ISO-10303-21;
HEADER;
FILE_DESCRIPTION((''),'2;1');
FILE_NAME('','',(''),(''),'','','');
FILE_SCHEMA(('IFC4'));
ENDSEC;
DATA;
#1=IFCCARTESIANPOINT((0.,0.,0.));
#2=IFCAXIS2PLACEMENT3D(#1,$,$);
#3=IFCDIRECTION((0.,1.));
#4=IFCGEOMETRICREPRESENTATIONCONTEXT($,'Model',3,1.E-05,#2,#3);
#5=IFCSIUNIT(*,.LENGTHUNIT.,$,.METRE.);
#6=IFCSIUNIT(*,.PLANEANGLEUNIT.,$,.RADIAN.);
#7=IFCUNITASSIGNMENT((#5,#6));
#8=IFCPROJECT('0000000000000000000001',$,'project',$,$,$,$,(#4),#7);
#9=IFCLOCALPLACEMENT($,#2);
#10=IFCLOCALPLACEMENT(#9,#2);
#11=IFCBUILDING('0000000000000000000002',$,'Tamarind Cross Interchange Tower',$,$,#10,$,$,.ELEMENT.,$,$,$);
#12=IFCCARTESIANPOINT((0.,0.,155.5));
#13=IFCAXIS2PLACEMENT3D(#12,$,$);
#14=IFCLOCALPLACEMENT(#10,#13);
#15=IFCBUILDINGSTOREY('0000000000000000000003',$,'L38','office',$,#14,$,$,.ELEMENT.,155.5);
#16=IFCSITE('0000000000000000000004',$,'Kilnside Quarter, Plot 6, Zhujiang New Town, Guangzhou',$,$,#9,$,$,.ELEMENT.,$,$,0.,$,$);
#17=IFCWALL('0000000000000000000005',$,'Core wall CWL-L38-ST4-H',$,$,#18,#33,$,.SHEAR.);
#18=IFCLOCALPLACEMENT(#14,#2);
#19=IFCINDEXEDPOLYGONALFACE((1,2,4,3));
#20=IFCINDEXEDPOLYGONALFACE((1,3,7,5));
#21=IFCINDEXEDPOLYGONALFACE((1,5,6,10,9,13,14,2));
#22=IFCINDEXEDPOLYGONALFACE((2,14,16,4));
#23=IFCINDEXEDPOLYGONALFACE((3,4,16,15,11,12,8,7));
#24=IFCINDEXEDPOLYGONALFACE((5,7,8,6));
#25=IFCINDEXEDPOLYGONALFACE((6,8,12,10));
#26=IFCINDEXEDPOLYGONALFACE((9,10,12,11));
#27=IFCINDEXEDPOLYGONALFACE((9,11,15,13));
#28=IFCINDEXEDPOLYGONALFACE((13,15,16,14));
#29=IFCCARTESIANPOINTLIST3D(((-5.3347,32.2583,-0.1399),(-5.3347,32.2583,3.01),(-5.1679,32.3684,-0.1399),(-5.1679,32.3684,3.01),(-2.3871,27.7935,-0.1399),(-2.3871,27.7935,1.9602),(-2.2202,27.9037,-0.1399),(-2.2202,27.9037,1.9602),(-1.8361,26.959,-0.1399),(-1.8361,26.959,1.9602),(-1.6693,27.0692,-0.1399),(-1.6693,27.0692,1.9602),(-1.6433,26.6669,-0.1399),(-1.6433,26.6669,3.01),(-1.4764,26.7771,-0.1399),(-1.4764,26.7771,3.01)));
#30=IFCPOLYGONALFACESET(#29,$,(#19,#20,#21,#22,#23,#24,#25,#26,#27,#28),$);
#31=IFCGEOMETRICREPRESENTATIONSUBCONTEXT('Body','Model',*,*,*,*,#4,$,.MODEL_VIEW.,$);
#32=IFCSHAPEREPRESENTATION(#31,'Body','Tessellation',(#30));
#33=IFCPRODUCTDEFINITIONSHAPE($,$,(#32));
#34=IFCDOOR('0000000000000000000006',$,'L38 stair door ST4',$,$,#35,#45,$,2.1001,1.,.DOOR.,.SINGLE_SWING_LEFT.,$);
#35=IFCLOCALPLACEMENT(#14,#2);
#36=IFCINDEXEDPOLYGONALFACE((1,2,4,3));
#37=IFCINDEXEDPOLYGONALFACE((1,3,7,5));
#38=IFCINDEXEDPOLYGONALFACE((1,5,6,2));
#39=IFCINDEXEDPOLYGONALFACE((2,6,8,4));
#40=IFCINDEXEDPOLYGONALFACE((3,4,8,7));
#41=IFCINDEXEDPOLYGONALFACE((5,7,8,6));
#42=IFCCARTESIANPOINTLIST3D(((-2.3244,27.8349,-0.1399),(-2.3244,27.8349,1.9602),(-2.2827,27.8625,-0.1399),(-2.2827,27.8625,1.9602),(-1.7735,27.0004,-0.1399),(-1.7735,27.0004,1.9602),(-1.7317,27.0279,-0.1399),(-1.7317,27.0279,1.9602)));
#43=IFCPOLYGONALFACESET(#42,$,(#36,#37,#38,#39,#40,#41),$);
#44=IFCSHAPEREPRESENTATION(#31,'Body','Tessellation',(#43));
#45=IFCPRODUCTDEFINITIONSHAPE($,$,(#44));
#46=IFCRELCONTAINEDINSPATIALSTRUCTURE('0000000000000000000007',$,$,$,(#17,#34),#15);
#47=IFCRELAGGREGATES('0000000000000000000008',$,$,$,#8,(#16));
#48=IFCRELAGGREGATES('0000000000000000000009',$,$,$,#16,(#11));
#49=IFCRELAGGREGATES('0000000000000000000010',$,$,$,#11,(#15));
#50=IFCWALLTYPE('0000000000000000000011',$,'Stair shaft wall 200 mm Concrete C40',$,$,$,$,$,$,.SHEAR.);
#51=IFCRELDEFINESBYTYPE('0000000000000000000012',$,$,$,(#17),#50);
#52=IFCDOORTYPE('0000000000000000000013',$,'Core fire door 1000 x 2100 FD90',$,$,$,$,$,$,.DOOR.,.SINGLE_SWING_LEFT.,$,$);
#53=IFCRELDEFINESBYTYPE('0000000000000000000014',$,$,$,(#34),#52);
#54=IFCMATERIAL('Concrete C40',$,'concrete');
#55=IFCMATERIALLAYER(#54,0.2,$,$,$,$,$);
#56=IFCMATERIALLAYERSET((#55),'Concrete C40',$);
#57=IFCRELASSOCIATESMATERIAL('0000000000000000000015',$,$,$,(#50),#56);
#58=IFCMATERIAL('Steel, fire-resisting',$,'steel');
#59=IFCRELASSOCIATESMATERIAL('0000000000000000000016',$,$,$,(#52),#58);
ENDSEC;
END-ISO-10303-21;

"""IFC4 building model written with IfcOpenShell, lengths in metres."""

from ifc_helpers import new_model, si_unit, direction, frame, frame_2d, origin, place, context, subcontext, project, spatial, rectangle, extrude, material, layer, layer_set, type_object, element, fill, save


model = new_model("IFC4")

# Units and contexts
model_context = context("Model", 3, precision=1e-05, world=origin(), true_north=direction((0.0, 1.0)))
body_context = subcontext(model_context, "Body", "Model", "MODEL_VIEW")
ifc_project = project(units=[si_unit("LENGTHUNIT", "METRE"), si_unit("PLANEANGLEUNIT", "RADIAN")], contexts=[model_context])

# Site, building, storey
site_placement = place(None, origin())
site = spatial("IfcSite", under=ifc_project, at=site_placement, Name="Kilnside Quarter, Plot 6, Zhujiang New Town, Guangzhou", CompositionType="ELEMENT", RefElevation=0.0)
building_placement = place(site_placement, origin())
building = spatial("IfcBuilding", under=site, at=building_placement, Name="Tamarind Cross Interchange Tower", CompositionType="ELEMENT")
storey_placement = place(building_placement, frame((0.0, 0.0, 155.5)))
storey = spatial("IfcBuildingStorey", under=building, at=storey_placement, Name="L38", Description="office", CompositionType="ELEMENT", Elevation=155.5)

# Wall, opening, door
ifc_material_1 = material(Name="Concrete C40", Category="concrete")
ifc_layer_1 = layer(ifc_material_1, 0.2)
ifc_layer_set_1 = layer_set([ifc_layer_1], Name="Concrete C40")
wall_type_1 = type_object("IfcWallType", Name="Stair shaft wall 200 mm Concrete C40", PredefinedType="SHEAR", material=ifc_layer_set_1)
wall_1_placement = place(storey_placement, frame((-1.5598, 26.7219, -0.1399), z_axis=(0.0, 0.0, 1.0), x_axis=(-0.550961, 0.834531, 0.0)))
wall_1 = element("IfcWall", 1, at=wall_1_placement, inside=storey, type_object=wall_type_1, Name="Core wall CWL-L38-ST4-H", PredefinedType="SHEAR", context=body_context, shape_type="SweptSolid", body=[
    extrude(rectangle(XDim=6.7, YDim=0.2, at=frame_2d((3.3501, 0.0))), origin(), (0.0, 0.0, 1.0), 3.1499),
])
opening_1_placement = place(wall_1_placement, frame((0.3501, 0.0, 0.0)))
opening_1 = element("IfcOpeningElement", 2, at=opening_1_placement, cuts=wall_1, PredefinedType="OPENING", context=body_context, shape_type="SweptSolid", body=[
    extrude(rectangle(XDim=1.0, YDim=2.1001, at=frame_2d((0.5, 1.05))), frame((0.0, 0.1099, 0.0), z_axis=(0.0, -1.0, 0.0), x_axis=(1.0, 0.0, 0.0)), (0.0, 0.0, 1.0), 0.22),
])
ifc_material_2 = material(Name="Steel, fire-resisting", Category="steel")
door_type_1 = type_object("IfcDoorType", Name="Core fire door 1000 x 2100 FD90", OperationType="SINGLE_SWING_LEFT", PredefinedType="DOOR", material=ifc_material_2)
door_1_placement = place(opening_1_placement, origin())
door_1 = element("IfcDoor", 3, at=door_1_placement, inside=storey, type_object=door_type_1, Name="L38 stair door ST4", OperationType="SINGLE_SWING_LEFT", OverallHeight=2.1001, OverallWidth=1.0, PredefinedType="DOOR", context=body_context, shape_type="SweptSolid", body=[
    extrude(rectangle(XDim=1.0, YDim=2.1001, at=frame_2d((0.5, 1.05))), frame((0.0, 0.0249, 0.0), z_axis=(0.0, -1.0, 0.0), x_axis=(1.0, 0.0, 0.0)), (0.0, 0.0, 1.0), 0.05),
])
fill(opening_1, door_1)

save(model, "model.ifc")
